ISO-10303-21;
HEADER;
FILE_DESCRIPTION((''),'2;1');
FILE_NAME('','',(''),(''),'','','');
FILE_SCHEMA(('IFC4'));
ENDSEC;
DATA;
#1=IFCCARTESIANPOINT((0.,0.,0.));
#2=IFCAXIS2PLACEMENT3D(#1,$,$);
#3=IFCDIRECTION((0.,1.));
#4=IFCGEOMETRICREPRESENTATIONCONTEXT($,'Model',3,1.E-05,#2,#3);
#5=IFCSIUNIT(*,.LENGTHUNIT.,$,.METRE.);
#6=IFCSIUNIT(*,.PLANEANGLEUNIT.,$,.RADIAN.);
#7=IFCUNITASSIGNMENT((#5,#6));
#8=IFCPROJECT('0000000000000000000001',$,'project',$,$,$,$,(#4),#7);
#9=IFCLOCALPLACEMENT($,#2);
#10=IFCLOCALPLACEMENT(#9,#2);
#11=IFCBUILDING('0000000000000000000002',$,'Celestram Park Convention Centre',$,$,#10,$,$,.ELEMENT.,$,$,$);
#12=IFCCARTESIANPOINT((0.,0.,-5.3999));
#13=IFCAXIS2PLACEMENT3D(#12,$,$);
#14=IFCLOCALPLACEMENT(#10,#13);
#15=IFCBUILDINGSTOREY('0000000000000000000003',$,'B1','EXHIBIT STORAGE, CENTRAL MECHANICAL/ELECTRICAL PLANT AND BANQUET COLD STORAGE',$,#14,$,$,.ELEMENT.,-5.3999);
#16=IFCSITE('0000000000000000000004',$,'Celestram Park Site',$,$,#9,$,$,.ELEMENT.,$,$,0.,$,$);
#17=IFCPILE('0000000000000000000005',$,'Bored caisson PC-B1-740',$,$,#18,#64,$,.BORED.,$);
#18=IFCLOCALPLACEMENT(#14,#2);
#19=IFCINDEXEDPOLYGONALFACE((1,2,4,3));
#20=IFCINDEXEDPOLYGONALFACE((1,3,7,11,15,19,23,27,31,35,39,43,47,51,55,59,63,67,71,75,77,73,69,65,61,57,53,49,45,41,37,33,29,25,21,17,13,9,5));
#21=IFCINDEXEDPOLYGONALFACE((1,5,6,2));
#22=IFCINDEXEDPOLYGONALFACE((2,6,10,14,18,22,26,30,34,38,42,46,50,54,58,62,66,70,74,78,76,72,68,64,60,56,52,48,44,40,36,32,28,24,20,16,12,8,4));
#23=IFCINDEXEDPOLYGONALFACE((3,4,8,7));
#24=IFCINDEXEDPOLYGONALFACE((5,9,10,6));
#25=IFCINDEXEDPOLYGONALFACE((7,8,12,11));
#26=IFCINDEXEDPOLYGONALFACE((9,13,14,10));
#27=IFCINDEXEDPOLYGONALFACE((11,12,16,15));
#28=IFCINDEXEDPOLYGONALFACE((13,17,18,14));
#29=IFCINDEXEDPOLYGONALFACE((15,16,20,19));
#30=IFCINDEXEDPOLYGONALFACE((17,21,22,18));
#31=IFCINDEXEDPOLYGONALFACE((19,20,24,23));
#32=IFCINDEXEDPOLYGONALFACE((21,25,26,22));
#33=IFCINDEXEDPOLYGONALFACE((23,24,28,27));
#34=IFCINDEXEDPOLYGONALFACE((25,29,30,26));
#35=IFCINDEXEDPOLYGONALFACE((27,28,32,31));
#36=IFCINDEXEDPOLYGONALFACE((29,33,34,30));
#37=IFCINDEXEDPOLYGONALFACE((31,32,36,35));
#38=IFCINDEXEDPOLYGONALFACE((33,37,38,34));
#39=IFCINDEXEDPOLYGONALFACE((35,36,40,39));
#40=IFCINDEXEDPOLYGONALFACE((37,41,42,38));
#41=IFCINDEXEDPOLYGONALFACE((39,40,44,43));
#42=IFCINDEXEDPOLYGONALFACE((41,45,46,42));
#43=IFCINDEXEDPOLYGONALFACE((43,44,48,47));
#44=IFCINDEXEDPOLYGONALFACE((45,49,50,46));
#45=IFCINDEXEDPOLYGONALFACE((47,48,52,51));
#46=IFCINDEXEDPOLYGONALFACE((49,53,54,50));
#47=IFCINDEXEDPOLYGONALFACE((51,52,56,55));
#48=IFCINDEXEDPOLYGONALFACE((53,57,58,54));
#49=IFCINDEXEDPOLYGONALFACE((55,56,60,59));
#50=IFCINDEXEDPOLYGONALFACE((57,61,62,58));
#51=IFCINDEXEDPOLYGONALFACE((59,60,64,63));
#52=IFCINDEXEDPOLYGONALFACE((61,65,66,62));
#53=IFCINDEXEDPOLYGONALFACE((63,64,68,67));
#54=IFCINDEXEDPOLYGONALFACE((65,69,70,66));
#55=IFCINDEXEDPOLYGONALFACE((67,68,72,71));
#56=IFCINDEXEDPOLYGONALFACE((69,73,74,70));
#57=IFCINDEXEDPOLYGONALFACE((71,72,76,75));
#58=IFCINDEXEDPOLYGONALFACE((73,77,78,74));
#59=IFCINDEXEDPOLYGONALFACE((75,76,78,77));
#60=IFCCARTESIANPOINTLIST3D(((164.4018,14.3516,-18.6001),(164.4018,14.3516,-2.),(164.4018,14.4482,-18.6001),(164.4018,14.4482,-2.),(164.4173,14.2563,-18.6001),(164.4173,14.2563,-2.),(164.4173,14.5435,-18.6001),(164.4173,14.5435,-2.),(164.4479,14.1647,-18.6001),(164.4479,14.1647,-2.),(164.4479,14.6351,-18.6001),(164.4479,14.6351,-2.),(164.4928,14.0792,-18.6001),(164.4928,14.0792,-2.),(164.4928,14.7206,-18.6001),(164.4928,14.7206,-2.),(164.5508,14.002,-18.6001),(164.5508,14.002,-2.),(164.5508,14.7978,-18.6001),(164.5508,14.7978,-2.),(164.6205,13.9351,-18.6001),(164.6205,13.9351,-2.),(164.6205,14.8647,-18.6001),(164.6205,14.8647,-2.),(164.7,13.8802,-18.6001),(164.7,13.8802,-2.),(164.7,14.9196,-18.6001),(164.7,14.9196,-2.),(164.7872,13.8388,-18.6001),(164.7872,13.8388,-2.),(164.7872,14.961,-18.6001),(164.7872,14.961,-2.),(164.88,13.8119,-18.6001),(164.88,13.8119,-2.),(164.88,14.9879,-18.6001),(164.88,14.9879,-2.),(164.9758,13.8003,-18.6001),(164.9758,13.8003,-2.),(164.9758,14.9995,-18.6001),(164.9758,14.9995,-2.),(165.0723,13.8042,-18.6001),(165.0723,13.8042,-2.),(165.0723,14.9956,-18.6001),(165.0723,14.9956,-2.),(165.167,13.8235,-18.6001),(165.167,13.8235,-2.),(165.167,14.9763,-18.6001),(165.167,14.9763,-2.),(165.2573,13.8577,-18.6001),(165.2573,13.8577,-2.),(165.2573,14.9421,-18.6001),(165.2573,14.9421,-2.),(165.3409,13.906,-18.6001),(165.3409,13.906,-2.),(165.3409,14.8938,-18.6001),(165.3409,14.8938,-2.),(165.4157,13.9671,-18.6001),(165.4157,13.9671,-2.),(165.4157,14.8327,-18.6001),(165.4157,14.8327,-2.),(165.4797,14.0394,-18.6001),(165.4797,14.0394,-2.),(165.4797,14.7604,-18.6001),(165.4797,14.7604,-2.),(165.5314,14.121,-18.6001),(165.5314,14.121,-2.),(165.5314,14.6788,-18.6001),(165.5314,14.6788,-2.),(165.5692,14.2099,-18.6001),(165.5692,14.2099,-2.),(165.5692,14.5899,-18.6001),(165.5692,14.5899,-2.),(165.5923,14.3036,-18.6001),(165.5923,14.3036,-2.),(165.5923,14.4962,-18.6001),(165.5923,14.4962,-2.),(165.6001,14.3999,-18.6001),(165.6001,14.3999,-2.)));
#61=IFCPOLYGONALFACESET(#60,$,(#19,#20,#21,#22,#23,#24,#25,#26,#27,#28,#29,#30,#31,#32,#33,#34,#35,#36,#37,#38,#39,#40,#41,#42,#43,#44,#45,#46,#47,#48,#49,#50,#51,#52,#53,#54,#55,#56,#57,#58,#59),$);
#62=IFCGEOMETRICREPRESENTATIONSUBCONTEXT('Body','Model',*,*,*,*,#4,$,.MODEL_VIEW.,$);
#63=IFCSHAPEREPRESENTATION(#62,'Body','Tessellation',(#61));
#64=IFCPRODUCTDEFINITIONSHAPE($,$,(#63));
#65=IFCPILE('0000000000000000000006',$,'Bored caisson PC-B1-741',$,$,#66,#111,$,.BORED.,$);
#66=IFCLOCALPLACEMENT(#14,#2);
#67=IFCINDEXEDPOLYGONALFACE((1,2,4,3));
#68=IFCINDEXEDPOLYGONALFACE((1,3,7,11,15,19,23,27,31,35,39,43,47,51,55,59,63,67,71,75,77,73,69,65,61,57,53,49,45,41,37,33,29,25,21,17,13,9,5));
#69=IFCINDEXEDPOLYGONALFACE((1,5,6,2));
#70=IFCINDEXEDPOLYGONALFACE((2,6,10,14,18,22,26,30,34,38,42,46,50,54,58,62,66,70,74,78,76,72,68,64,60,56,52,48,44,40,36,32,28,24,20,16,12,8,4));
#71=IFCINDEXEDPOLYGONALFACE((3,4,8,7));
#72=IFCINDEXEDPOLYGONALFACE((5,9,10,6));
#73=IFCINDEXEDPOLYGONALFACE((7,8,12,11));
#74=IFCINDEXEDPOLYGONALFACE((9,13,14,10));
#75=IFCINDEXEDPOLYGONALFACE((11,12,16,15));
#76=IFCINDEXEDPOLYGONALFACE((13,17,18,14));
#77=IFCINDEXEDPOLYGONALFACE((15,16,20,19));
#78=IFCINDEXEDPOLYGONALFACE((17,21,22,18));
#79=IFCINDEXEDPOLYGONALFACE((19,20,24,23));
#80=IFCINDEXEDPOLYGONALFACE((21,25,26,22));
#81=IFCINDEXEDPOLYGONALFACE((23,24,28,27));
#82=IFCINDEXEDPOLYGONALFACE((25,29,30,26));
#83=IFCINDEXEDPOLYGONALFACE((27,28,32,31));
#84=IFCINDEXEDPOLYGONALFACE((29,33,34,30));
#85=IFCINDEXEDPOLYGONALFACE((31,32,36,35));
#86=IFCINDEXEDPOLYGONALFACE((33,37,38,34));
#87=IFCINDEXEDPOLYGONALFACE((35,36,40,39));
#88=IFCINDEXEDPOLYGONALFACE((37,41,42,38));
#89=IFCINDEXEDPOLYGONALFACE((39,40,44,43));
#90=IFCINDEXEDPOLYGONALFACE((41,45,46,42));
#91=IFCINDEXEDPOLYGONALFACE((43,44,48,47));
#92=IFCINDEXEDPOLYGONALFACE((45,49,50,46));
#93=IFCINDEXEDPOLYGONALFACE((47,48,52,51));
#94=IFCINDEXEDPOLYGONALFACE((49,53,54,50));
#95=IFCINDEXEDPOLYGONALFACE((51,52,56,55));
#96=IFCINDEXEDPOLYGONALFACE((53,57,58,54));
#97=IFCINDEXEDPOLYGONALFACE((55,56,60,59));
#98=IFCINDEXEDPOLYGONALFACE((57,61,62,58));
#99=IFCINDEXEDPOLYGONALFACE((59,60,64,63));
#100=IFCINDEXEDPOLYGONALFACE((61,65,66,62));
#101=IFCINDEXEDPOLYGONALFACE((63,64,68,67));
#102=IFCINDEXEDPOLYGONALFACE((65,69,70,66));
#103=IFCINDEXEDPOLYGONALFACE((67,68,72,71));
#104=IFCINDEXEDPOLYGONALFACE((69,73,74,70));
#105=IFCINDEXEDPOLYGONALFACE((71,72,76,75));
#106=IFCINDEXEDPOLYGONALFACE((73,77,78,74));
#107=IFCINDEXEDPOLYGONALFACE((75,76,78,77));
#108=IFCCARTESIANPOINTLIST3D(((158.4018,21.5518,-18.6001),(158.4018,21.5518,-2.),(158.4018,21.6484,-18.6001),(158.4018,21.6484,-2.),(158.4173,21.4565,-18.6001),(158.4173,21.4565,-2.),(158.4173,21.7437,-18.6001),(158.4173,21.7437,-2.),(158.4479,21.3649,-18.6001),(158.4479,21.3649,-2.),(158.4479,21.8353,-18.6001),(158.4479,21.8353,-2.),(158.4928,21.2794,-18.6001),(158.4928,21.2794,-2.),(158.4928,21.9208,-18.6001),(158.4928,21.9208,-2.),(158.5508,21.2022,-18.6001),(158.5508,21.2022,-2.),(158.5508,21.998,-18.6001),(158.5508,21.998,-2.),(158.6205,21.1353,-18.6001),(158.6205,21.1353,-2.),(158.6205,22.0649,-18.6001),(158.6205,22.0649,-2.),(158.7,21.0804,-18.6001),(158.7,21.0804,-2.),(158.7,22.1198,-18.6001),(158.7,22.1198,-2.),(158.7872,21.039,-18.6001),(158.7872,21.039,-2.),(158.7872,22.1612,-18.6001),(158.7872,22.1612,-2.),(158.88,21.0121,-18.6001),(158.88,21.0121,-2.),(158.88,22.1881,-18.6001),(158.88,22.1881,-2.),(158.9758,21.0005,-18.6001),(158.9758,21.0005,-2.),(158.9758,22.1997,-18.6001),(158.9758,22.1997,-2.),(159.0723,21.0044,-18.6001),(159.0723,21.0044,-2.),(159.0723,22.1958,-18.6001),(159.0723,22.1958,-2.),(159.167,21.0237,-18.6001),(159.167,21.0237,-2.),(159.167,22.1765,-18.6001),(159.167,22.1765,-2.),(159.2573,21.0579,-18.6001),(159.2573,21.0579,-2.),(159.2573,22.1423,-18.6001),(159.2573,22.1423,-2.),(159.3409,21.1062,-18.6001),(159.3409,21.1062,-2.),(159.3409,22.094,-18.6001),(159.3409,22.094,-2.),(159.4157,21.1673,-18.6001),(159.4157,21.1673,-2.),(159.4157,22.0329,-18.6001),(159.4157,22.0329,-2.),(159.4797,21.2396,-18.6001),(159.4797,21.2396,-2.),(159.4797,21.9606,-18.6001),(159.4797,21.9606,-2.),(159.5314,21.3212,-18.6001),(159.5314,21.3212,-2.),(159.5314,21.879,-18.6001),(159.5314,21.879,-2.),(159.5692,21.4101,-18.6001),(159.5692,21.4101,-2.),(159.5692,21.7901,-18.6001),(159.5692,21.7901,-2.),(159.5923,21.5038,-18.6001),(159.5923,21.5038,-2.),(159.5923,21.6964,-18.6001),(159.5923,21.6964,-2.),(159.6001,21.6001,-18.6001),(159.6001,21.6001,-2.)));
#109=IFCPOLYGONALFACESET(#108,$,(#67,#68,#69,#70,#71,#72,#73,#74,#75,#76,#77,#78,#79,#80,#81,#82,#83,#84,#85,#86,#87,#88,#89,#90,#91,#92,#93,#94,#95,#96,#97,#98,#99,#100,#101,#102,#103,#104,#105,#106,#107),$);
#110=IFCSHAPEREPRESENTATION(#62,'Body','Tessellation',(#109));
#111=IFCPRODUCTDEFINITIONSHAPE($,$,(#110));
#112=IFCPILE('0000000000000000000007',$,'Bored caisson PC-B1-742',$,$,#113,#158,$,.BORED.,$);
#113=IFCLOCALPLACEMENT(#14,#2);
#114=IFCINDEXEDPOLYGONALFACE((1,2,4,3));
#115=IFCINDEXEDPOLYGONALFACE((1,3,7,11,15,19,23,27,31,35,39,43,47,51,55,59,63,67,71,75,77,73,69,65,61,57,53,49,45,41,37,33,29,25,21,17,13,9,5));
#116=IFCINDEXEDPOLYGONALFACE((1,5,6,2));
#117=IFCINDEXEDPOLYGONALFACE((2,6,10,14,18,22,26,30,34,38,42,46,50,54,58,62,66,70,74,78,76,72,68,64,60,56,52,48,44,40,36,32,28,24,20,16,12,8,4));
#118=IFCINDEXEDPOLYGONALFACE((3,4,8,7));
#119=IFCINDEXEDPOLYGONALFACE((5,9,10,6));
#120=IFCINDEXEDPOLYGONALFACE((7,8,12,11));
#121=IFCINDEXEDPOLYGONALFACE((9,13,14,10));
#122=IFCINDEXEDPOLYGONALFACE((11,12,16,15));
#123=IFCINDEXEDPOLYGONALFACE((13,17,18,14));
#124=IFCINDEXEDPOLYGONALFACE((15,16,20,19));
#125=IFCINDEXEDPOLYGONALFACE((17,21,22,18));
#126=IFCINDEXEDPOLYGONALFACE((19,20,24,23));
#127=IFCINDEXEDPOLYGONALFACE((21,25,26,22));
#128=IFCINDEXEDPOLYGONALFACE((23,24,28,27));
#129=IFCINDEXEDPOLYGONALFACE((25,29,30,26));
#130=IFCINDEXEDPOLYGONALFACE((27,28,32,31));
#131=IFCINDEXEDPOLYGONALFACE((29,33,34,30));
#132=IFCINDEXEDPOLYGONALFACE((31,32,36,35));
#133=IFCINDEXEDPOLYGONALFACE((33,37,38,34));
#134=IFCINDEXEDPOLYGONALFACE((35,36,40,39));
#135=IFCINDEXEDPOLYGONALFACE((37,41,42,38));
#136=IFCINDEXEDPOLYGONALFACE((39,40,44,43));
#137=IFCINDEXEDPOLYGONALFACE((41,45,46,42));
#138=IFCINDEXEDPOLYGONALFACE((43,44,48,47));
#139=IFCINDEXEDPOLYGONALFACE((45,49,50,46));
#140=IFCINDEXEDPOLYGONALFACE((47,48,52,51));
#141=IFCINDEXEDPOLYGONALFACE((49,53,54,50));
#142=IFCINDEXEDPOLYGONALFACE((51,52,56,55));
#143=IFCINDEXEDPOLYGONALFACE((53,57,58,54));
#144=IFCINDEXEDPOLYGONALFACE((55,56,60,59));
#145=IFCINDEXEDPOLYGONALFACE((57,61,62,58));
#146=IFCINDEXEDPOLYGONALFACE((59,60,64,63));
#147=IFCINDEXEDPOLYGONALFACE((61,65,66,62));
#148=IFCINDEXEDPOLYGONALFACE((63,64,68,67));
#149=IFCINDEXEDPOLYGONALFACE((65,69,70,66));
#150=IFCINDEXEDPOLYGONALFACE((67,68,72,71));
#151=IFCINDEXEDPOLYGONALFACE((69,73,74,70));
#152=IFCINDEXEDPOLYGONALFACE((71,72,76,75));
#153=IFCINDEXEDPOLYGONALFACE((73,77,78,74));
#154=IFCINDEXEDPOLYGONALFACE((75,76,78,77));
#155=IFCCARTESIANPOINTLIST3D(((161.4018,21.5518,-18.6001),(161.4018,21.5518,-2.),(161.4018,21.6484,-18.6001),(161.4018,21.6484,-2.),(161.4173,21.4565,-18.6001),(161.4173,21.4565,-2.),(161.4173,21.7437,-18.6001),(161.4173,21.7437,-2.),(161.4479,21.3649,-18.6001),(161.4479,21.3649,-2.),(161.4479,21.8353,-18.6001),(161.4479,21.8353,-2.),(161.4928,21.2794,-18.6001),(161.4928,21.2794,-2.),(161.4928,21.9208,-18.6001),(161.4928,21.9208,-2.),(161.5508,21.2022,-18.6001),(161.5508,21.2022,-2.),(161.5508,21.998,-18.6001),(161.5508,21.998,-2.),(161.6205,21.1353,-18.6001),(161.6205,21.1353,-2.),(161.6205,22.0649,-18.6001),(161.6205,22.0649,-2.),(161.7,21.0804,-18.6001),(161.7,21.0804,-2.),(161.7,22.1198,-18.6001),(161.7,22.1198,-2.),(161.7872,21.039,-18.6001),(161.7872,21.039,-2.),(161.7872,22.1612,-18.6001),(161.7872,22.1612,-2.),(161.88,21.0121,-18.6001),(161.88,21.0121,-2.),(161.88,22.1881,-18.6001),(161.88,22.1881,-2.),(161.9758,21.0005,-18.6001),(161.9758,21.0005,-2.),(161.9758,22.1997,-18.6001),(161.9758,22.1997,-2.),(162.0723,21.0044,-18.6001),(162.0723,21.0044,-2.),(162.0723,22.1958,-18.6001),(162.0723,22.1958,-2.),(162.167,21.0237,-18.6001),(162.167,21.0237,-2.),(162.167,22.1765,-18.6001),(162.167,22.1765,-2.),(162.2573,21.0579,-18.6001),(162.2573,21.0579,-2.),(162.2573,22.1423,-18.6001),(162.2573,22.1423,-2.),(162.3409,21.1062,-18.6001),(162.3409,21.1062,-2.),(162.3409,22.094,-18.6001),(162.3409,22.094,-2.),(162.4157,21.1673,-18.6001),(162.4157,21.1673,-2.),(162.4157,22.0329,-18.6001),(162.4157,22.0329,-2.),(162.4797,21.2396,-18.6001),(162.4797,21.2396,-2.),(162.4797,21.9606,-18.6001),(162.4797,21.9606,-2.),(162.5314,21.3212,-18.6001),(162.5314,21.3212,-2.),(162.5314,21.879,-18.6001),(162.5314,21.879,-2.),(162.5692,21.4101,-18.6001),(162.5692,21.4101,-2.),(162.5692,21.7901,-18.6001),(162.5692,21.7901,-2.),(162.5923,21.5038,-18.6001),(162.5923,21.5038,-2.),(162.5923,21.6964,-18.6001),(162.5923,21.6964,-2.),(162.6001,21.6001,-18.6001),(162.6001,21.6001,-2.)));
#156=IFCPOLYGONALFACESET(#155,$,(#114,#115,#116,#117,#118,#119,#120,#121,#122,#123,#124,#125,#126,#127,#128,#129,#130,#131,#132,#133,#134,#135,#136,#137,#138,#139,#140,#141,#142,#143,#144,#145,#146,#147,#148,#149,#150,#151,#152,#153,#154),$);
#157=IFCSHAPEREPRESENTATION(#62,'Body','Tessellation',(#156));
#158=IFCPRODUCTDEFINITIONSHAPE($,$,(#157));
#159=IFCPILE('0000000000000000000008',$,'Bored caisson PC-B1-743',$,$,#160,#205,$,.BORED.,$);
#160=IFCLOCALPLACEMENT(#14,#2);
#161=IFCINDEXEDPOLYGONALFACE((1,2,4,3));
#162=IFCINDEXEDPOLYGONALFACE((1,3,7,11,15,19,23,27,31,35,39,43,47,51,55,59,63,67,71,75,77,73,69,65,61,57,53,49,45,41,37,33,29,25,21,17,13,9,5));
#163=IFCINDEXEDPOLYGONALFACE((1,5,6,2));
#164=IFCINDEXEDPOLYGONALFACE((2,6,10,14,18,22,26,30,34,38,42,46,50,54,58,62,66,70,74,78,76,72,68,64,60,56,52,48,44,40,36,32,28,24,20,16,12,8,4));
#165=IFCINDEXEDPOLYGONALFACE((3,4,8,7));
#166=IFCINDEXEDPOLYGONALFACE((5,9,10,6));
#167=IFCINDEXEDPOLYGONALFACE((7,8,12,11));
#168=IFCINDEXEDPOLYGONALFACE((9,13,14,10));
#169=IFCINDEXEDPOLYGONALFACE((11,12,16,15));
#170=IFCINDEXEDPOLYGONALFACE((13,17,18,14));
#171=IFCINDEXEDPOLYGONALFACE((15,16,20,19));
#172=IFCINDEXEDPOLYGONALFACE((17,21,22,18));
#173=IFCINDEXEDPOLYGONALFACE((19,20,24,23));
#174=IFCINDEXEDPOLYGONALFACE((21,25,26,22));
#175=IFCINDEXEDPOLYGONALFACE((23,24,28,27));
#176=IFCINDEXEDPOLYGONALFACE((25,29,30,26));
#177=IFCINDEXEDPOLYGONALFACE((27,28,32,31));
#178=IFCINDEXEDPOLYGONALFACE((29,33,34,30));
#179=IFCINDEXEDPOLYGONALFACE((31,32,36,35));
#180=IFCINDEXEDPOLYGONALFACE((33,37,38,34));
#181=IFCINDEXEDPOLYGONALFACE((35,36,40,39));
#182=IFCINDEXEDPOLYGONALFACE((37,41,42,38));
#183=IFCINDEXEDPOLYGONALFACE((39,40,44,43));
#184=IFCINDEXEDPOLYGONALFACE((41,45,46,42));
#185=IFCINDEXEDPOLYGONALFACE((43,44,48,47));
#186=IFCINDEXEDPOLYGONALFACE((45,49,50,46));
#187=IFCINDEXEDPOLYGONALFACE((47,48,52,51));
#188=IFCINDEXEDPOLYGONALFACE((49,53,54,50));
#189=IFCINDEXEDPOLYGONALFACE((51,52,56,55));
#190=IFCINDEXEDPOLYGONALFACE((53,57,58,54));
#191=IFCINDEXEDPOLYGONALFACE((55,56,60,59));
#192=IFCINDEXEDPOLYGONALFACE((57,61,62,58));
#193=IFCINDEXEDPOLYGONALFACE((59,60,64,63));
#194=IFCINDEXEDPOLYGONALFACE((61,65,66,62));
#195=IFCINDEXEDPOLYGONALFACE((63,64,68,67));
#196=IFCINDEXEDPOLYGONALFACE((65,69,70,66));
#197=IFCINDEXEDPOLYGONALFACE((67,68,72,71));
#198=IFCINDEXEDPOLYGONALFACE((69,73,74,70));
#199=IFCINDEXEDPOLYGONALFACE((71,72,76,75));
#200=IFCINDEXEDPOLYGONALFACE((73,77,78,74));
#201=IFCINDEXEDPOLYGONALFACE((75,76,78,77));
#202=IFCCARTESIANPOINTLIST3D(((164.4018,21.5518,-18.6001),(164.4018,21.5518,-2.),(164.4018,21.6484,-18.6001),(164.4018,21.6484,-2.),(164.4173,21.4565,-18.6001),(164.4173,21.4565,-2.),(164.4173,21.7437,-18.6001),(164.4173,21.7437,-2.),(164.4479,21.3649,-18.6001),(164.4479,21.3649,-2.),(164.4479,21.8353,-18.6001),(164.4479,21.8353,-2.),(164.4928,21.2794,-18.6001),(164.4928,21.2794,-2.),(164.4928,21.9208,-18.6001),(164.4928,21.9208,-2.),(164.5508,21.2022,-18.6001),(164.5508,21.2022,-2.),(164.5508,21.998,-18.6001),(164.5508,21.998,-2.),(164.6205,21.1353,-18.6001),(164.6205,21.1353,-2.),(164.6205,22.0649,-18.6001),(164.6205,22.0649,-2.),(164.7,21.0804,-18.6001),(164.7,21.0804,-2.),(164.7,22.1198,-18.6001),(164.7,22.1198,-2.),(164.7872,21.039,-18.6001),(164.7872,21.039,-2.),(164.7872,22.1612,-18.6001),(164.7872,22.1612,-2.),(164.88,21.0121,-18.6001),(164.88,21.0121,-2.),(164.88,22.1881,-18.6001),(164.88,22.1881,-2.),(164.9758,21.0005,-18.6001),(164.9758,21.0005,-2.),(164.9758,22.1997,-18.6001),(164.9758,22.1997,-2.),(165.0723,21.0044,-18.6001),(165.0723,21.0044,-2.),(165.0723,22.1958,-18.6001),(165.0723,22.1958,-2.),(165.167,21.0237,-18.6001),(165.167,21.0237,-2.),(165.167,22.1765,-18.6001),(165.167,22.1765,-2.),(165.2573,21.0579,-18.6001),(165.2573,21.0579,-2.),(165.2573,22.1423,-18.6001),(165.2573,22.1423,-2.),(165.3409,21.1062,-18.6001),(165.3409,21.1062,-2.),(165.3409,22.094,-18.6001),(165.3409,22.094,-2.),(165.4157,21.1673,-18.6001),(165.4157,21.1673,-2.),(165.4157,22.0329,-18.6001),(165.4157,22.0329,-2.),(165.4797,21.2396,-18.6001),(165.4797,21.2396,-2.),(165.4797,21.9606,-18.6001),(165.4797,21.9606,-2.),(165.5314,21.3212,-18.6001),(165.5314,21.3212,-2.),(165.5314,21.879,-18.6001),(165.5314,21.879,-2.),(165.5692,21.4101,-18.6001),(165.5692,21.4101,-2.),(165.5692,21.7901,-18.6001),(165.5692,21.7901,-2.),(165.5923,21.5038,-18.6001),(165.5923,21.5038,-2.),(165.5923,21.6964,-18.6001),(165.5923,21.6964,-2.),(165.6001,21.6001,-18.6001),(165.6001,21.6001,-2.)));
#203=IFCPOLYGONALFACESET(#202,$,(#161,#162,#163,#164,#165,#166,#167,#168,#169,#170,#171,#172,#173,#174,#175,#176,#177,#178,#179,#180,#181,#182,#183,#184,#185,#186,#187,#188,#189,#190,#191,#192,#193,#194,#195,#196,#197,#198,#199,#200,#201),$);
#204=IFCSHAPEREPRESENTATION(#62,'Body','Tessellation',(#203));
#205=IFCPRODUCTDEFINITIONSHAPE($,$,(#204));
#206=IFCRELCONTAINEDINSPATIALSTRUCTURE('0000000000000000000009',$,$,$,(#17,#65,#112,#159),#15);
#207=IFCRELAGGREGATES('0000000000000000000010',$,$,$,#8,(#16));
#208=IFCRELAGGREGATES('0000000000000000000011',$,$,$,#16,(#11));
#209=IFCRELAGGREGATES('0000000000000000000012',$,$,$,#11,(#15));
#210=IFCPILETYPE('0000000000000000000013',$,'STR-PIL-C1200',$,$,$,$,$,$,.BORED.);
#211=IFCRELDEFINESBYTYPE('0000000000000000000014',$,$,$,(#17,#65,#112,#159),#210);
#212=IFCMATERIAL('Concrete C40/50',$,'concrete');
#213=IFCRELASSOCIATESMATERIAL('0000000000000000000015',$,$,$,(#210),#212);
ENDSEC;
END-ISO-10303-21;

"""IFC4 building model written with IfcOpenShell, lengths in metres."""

from ifc_helpers import new_model, si_unit, direction, frame, origin, origin_2d, place, context, subcontext, project, spatial, circle, extrude, material, material_profile, profile_set, type_object, element, save


model = new_model("IFC4")

# Units and contexts
model_context = context("Model", 3, precision=1e-05, world=origin(), true_north=direction((0.0, 1.0)))
body_context = subcontext(model_context, "Body", "Model", "MODEL_VIEW")
ifc_project = project(units=[si_unit("LENGTHUNIT", "METRE"), si_unit("PLANEANGLEUNIT", "RADIAN")], contexts=[model_context])

# Site, building, storey
site_placement = place(None, origin())
site = spatial("IfcSite", under=ifc_project, at=site_placement, Name="Celestram Park Site", CompositionType="ELEMENT", RefElevation=0.0)
building_placement = place(site_placement, origin())
building = spatial("IfcBuilding", under=site, at=building_placement, Name="Celestram Park Convention Centre", CompositionType="ELEMENT")
storey_placement = place(building_placement, frame((0.0, 0.0, -5.3999)))
storey = spatial("IfcBuildingStorey", under=building, at=storey_placement, Name="B1", Description="EXHIBIT STORAGE, CENTRAL MECHANICAL/ELECTRICAL PLANT AND BANQUET COLD STORAGE", CompositionType="ELEMENT", Elevation=-5.3999)

# Shared definitions
ifc_material_1 = material(Name="Concrete C40/50", Category="concrete")

# Piles
ifc_material_profile_1 = material_profile(ifc_material_1, circle(Radius=0.6001, at=origin_2d()), Name="CAISSON1200")
ifc_profile_set_1 = profile_set([ifc_material_profile_1], Name="Concrete C40/50")
pile_type = type_object("IfcPileType", Name="STR-PIL-C1200", PredefinedType="BORED", material=ifc_profile_set_1)
for number, where, z_axis, x_axis, name in (
    (1, (165.0, 14.3999, -2.0), (0.0, 0.0, -1.0), (1.0, 0.0, 0.0), "Bored caisson PC-B1-740"),
    (2, (159.0, 21.6001, -2.0), (0.0, 0.0, -1.0), (1.0, 0.0, 0.0), "Bored caisson PC-B1-741"),
    (3, (162.0, 21.6001, -2.0), (0.0, 0.0, -1.0), (1.0, 0.0, 0.0), "Bored caisson PC-B1-742"),
    (4, (165.0, 21.6001, -2.0), (0.0, 0.0, -1.0), (1.0, 0.0, 0.0), "Bored caisson PC-B1-743"),
):
    element("IfcPile", number, at=place(storey_placement, frame(where, z_axis=z_axis, x_axis=x_axis)), inside=storey, type_object=pile_type, Name=name, PredefinedType="BORED", context=body_context, shape_type="SweptSolid", body=[
        extrude(circle(Radius=0.6001, at=origin_2d()), origin(), (0.0, 0.0, 1.0), 16.6001),
    ])

save(model, "model.ifc")
